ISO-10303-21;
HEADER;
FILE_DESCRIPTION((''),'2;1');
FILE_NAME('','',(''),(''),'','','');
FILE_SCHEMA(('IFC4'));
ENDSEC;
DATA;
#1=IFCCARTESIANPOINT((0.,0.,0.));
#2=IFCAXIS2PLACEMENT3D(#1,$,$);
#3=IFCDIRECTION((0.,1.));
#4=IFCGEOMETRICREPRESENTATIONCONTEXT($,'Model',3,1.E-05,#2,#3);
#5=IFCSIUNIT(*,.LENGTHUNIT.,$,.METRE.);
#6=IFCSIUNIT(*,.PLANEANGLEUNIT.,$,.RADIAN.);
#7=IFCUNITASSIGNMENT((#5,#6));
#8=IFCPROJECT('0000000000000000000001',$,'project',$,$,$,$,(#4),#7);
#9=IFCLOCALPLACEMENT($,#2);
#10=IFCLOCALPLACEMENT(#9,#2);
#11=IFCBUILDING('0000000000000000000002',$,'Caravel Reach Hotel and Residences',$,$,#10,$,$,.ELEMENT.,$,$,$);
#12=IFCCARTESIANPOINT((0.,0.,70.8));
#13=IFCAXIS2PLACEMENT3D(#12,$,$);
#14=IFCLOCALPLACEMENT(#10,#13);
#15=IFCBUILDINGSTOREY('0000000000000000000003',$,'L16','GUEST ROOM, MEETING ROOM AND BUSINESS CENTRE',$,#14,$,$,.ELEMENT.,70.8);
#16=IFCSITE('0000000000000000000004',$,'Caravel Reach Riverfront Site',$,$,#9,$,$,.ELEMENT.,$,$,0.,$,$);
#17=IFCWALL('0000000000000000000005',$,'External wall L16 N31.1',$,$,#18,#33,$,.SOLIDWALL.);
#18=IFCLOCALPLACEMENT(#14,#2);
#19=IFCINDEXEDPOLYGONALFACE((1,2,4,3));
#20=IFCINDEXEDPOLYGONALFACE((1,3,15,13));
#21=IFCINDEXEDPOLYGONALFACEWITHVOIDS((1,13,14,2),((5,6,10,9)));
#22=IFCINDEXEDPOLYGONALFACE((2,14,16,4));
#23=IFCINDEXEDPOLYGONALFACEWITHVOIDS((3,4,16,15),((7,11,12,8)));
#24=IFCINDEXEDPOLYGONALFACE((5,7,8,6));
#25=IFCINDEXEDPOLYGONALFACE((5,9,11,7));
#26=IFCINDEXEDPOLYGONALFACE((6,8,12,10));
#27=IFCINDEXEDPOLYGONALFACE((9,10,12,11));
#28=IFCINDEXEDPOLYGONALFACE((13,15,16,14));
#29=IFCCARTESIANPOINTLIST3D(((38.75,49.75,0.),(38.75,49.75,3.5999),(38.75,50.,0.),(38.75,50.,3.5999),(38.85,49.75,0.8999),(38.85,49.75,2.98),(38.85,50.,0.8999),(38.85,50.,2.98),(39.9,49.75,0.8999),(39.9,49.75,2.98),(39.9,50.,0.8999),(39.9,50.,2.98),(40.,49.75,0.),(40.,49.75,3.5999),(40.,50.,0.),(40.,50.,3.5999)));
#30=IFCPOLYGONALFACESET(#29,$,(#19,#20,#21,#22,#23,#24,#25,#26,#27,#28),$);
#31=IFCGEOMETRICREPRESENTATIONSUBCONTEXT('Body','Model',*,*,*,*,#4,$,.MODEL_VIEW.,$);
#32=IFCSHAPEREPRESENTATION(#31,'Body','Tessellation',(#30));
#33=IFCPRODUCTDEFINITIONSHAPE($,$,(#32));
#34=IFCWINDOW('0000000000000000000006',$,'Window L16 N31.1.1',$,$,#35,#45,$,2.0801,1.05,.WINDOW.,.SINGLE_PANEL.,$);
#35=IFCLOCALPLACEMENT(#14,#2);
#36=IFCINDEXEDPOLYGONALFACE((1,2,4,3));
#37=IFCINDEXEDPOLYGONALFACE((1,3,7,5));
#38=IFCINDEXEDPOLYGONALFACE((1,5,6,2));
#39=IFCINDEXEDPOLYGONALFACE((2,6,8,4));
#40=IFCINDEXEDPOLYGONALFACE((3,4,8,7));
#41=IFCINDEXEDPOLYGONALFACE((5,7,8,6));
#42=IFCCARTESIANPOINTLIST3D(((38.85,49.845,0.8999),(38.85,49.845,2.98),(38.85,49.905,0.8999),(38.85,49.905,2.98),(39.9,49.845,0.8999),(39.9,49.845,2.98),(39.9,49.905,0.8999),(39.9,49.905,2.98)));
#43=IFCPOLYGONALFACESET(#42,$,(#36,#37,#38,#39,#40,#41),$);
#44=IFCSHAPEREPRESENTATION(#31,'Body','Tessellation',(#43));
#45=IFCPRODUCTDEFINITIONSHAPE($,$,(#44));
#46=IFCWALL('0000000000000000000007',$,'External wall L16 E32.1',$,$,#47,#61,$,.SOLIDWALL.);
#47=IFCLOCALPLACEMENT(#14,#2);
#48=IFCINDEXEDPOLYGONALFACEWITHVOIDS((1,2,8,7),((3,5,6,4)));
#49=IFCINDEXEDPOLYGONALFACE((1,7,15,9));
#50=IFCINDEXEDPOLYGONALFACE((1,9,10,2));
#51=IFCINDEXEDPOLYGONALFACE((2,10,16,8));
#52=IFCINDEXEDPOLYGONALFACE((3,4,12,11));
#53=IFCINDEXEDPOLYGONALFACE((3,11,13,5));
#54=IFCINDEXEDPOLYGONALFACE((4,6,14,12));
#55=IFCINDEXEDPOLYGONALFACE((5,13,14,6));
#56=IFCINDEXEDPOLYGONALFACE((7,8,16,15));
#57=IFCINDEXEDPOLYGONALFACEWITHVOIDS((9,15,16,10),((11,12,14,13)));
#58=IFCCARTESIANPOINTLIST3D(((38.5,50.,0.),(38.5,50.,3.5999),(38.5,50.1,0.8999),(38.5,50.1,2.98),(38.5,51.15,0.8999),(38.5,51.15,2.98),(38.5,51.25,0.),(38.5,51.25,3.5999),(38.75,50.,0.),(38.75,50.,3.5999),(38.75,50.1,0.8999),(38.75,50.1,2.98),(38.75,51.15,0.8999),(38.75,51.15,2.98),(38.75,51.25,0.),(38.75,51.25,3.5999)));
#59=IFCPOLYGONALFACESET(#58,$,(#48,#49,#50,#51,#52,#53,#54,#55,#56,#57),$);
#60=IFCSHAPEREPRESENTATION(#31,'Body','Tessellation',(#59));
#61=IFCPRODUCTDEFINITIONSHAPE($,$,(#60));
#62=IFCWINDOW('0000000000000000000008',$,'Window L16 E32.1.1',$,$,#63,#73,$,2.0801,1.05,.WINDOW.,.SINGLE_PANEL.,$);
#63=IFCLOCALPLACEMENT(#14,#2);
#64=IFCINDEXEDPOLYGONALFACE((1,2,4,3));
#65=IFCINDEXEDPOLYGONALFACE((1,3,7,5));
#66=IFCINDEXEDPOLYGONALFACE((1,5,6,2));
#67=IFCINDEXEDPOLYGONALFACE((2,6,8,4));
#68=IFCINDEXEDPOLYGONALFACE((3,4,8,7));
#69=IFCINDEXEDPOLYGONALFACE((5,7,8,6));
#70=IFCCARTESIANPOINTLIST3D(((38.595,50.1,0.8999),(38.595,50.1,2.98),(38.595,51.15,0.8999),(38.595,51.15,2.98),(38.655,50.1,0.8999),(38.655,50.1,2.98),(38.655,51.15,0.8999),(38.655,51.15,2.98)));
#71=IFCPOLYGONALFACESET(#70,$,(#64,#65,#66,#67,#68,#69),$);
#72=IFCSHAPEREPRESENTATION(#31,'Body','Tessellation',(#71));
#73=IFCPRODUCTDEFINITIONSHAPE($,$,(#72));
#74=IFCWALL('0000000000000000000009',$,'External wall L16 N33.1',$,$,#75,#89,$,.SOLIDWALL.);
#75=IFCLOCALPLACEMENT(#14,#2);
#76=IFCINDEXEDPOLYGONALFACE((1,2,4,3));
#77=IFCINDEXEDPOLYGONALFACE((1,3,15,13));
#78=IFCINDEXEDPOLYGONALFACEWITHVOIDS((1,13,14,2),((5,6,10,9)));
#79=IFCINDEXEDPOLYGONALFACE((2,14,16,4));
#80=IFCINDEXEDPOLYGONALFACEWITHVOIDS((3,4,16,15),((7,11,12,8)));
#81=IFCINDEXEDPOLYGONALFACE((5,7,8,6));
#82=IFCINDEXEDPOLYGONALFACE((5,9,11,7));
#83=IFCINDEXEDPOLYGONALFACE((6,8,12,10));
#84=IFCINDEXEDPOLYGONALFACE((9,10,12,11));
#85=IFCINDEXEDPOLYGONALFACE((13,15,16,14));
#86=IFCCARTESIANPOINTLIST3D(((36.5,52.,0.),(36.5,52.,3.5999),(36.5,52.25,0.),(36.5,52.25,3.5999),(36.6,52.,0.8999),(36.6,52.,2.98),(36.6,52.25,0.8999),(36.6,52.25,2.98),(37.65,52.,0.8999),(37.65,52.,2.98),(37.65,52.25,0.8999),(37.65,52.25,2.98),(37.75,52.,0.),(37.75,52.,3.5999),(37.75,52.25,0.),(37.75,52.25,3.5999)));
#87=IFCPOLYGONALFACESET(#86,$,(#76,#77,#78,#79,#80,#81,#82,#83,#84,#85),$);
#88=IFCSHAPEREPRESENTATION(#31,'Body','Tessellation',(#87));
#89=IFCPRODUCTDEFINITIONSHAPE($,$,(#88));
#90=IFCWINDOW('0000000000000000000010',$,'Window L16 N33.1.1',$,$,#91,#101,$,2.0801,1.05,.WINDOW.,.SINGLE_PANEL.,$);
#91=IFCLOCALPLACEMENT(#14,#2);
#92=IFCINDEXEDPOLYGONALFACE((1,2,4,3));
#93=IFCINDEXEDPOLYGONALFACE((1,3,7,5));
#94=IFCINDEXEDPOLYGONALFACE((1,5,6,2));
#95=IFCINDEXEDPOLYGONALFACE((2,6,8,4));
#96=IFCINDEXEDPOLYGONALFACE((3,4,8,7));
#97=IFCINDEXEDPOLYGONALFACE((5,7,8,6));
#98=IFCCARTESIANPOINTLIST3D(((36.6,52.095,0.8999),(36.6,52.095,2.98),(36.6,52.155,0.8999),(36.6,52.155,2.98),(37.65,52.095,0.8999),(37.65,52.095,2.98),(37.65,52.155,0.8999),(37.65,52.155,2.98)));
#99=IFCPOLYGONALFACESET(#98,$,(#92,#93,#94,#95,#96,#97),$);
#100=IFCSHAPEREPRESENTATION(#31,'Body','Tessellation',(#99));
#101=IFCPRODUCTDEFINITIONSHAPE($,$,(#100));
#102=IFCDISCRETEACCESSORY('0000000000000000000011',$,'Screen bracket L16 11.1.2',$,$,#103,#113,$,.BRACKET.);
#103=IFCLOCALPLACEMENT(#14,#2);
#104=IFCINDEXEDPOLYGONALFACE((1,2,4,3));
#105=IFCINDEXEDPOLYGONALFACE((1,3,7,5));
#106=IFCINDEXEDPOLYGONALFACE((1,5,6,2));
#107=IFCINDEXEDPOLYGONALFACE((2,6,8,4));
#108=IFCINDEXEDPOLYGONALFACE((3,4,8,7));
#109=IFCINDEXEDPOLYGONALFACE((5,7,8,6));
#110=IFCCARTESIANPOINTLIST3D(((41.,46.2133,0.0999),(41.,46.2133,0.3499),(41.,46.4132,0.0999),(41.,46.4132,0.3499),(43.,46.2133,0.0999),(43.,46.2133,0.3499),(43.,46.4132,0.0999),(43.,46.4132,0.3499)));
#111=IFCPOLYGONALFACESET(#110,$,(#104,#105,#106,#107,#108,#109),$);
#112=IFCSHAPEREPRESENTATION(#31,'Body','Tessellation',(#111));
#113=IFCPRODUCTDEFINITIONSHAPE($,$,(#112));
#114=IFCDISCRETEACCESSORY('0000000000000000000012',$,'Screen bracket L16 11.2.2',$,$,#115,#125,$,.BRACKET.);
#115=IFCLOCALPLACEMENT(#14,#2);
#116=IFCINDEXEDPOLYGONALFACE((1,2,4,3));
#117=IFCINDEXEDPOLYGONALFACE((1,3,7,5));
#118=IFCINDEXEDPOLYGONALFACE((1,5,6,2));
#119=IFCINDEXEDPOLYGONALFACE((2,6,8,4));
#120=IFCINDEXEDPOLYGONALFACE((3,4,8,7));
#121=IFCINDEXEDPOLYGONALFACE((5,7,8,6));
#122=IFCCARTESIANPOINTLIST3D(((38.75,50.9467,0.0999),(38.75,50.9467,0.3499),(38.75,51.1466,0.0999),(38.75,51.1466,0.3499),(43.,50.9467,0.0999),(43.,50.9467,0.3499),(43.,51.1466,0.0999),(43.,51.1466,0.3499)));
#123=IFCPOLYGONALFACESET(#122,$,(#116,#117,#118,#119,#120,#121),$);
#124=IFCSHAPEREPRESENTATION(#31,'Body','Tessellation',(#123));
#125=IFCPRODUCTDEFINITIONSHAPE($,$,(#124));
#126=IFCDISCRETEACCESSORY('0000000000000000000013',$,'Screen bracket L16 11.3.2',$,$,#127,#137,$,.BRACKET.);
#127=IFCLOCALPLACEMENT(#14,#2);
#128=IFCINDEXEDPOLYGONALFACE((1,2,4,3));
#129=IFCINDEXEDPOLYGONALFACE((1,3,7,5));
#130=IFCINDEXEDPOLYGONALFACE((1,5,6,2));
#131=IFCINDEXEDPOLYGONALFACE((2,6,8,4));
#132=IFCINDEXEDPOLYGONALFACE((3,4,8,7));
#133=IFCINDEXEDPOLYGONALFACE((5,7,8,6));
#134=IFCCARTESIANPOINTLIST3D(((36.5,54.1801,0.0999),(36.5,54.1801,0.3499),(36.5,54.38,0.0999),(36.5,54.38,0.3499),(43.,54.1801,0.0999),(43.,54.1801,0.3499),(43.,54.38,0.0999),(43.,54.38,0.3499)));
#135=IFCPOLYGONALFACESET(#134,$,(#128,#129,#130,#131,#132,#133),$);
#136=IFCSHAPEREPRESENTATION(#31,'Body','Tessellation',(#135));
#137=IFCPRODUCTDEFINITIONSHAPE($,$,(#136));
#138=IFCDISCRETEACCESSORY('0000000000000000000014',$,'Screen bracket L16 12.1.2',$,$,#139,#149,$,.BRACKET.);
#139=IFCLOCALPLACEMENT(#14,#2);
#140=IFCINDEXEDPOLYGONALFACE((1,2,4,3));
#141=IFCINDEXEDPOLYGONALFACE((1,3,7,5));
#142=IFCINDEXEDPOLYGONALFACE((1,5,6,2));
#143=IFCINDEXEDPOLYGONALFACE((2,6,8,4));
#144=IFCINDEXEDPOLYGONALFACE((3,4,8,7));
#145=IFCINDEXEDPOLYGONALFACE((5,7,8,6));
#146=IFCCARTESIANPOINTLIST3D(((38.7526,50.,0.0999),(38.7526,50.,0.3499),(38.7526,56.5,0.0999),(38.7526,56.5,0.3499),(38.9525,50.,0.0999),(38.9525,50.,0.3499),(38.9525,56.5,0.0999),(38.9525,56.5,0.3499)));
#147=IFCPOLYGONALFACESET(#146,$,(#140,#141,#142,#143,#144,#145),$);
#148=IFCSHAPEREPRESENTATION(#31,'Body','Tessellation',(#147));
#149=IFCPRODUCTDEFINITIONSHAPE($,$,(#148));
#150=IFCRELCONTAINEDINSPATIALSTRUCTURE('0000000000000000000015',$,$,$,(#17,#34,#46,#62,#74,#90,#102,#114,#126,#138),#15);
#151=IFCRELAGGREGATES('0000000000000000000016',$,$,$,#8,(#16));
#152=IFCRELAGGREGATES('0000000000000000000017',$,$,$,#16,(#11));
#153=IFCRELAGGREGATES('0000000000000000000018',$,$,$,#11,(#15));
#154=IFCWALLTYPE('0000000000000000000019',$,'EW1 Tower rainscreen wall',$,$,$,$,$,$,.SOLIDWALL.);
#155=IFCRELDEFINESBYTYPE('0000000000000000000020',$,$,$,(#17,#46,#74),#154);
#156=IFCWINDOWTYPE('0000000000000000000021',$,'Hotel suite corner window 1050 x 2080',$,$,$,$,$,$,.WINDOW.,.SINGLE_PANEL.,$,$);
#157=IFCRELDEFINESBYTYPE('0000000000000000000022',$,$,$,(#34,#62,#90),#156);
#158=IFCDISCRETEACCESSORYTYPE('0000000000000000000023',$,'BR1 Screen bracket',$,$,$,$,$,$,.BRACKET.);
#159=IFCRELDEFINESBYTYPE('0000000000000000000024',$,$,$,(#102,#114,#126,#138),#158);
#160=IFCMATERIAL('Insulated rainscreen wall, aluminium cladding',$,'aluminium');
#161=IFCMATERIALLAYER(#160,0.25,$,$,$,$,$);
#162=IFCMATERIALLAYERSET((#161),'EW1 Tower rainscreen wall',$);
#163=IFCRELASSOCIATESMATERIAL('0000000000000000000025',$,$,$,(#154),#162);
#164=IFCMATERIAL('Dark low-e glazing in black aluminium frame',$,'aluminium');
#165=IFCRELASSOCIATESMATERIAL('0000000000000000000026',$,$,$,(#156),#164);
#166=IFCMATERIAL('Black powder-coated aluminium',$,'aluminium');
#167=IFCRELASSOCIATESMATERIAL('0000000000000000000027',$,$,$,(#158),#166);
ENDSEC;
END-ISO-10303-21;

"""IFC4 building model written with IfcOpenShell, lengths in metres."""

from ifc_helpers import new_model, si_unit, direction, frame, frame_2d, origin, origin_2d, place, context, subcontext, project, spatial, rectangle, extrude, material, layer, layer_set, type_object, element, fill, save


model = new_model("IFC4")

# Units and contexts
model_context = context("Model", 3, precision=1e-05, world=origin(), true_north=direction((0.0, 1.0)))
body_context = subcontext(model_context, "Body", "Model", "MODEL_VIEW")
ifc_project = project(units=[si_unit("LENGTHUNIT", "METRE"), si_unit("PLANEANGLEUNIT", "RADIAN")], contexts=[model_context])

# Site, building, storey
site_placement = place(None, origin())
site = spatial("IfcSite", under=ifc_project, at=site_placement, Name="Caravel Reach Riverfront Site", CompositionType="ELEMENT", RefElevation=0.0)
building_placement = place(site_placement, origin())
building = spatial("IfcBuilding", under=site, at=building_placement, Name="Caravel Reach Hotel and Residences", CompositionType="ELEMENT")
storey_placement = place(building_placement, frame((0.0, 0.0, 70.8)))
storey = spatial("IfcBuildingStorey", under=building, at=storey_placement, Name="L16", Description="GUEST ROOM, MEETING ROOM AND BUSINESS CENTRE", CompositionType="ELEMENT", Elevation=70.8)

# Walls, openings, windows
ifc_material_1 = material(Name="Insulated rainscreen wall, aluminium cladding", Category="aluminium")
ifc_layer = layer(ifc_material_1, 0.25)
ifc_layer_set = layer_set([ifc_layer], Name="EW1 Tower rainscreen wall")
wall_type = type_object("IfcWallType", Name="EW1 Tower rainscreen wall", PredefinedType="SOLIDWALL", material=ifc_layer_set)
wall_1_placement = place(storey_placement, frame((40.0, 49.875, 0.0), z_axis=(0.0, 0.0, 1.0), x_axis=(-1.0, 0.0, 0.0)))
wall_1 = element("IfcWall", 1, at=wall_1_placement, inside=storey, type_object=wall_type, Name="External wall L16 N31.1", PredefinedType="SOLIDWALL", context=body_context, shape_type="SweptSolid", body=[
    extrude(rectangle(XDim=1.25, YDim=0.25, at=frame_2d((0.625, 0.0))), origin(), (0.0, 0.0, 1.0), 3.5999),
])
opening_1_placement = place(wall_1_placement, frame((0.1001, 0.0, 0.8999)))
opening_1 = element("IfcOpeningElement", 2, at=opening_1_placement, cuts=wall_1, PredefinedType="OPENING", context=body_context, shape_type="SweptSolid", body=[
    extrude(rectangle(XDim=1.05, YDim=2.0801, at=frame_2d((0.5249, 1.04))), frame((0.0, 0.135, 0.0), z_axis=(0.0, -1.0, 0.0), x_axis=(1.0, 0.0, 0.0)), (0.0, 0.0, 1.0), 0.27),
])
ifc_material_2 = material(Name="Dark low-e glazing in black aluminium frame", Category="aluminium")
window_type = type_object("IfcWindowType", Name="Hotel suite corner window 1050 x 2080", PartitioningType="SINGLE_PANEL", PredefinedType="WINDOW", material=ifc_material_2)
window_1_placement = place(opening_1_placement, origin())
window_1 = element("IfcWindow", 3, at=window_1_placement, inside=storey, type_object=window_type, Name="Window L16 N31.1.1", OverallHeight=2.0801, OverallWidth=1.05, PartitioningType="SINGLE_PANEL", PredefinedType="WINDOW", context=body_context, shape_type="SweptSolid", body=[
    extrude(rectangle(XDim=1.05, YDim=2.0801, at=frame_2d((0.5249, 1.04))), frame((0.0, 0.03, 0.0), z_axis=(0.0, -1.0, 0.0), x_axis=(1.0, 0.0, 0.0)), (0.0, 0.0, 1.0), 0.0601),
])
fill(opening_1, window_1)
wall_2_placement = place(storey_placement, frame((38.625, 50.0, 0.0), z_axis=(0.0, 0.0, 1.0), x_axis=(0.0, 1.0, 0.0)))
wall_2 = element("IfcWall", 4, at=wall_2_placement, inside=storey, type_object=wall_type, Name="External wall L16 E32.1", PredefinedType="SOLIDWALL", context=body_context, shape_type="SweptSolid", body=[
    extrude(rectangle(XDim=1.25, YDim=0.25, at=frame_2d((0.625, 0.0))), origin(), (0.0, 0.0, 1.0), 3.5999),
])
opening_2_placement = place(wall_2_placement, frame((0.1001, 0.0, 0.8999)))
opening_2 = element("IfcOpeningElement", 5, at=opening_2_placement, cuts=wall_2, PredefinedType="OPENING", context=body_context, shape_type="SweptSolid", body=[
    extrude(rectangle(XDim=1.05, YDim=2.0801, at=frame_2d((0.5249, 1.04))), frame((0.0, 0.135, 0.0), z_axis=(0.0, -1.0, 0.0), x_axis=(1.0, 0.0, 0.0)), (0.0, 0.0, 1.0), 0.27),
])
window_2_placement = place(opening_2_placement, origin())
window_2 = element("IfcWindow", 6, at=window_2_placement, inside=storey, type_object=window_type, Name="Window L16 E32.1.1", OverallHeight=2.0801, OverallWidth=1.05, PartitioningType="SINGLE_PANEL", PredefinedType="WINDOW", context=body_context, shape_type="SweptSolid", body=[
    extrude(rectangle(XDim=1.05, YDim=2.0801, at=frame_2d((0.5249, 1.04))), frame((0.0, 0.03, 0.0), z_axis=(0.0, -1.0, 0.0), x_axis=(1.0, 0.0, 0.0)), (0.0, 0.0, 1.0), 0.0601),
])
fill(opening_2, window_2)
wall_3_placement = place(storey_placement, frame((37.75, 52.125, 0.0), z_axis=(0.0, 0.0, 1.0), x_axis=(-1.0, 0.0, 0.0)))
wall_3 = element("IfcWall", 7, at=wall_3_placement, inside=storey, type_object=wall_type, Name="External wall L16 N33.1", PredefinedType="SOLIDWALL", context=body_context, shape_type="SweptSolid", body=[
    extrude(rectangle(XDim=1.25, YDim=0.25, at=frame_2d((0.625, 0.0))), origin(), (0.0, 0.0, 1.0), 3.5999),
])
opening_3_placement = place(wall_3_placement, frame((0.1001, 0.0, 0.8999)))
opening_3 = element("IfcOpeningElement", 8, at=opening_3_placement, cuts=wall_3, PredefinedType="OPENING", context=body_context, shape_type="SweptSolid", body=[
    extrude(rectangle(XDim=1.05, YDim=2.0801, at=frame_2d((0.5249, 1.04))), frame((0.0, 0.135, 0.0), z_axis=(0.0, -1.0, 0.0), x_axis=(1.0, 0.0, 0.0)), (0.0, 0.0, 1.0), 0.27),
])
window_3_placement = place(opening_3_placement, origin())
window_3 = element("IfcWindow", 9, at=window_3_placement, inside=storey, type_object=window_type, Name="Window L16 N33.1.1", OverallHeight=2.0801, OverallWidth=1.05, PartitioningType="SINGLE_PANEL", PredefinedType="WINDOW", context=body_context, shape_type="SweptSolid", body=[
    extrude(rectangle(XDim=1.05, YDim=2.0801, at=frame_2d((0.5249, 1.04))), frame((0.0, 0.03, 0.0), z_axis=(0.0, -1.0, 0.0), x_axis=(1.0, 0.0, 0.0)), (0.0, 0.0, 1.0), 0.0601),
])
fill(opening_3, window_3)

# Discrete accessories
ifc_material_3 = material(Name="Black powder-coated aluminium", Category="aluminium")
discrete_accessory_type = type_object("IfcDiscreteAccessoryType", Name="BR1 Screen bracket", PredefinedType="BRACKET", material=ifc_material_3)
discrete_accessory_1_placement = place(storey_placement, frame((42.0, 46.3132, 0.0999), z_axis=(0.0, 0.0, 1.0), x_axis=(1.0, 0.0, 0.0)))
element("IfcDiscreteAccessory", 10, at=discrete_accessory_1_placement, inside=storey, type_object=discrete_accessory_type, Name="Screen bracket L16 11.1.2", PredefinedType="BRACKET", context=body_context, shape_type="SweptSolid", body=[
    extrude(rectangle(XDim=2.0, YDim=0.2, at=origin_2d()), origin(), (0.0, 0.0, 1.0), 0.25),
])
discrete_accessory_2_placement = place(storey_placement, frame((40.875, 51.0466, 0.0999), z_axis=(0.0, 0.0, 1.0), x_axis=(1.0, 0.0, 0.0)))
element("IfcDiscreteAccessory", 11, at=discrete_accessory_2_placement, inside=storey, type_object=discrete_accessory_type, Name="Screen bracket L16 11.2.2", PredefinedType="BRACKET", context=body_context, shape_type="SweptSolid", body=[
    extrude(rectangle(XDim=4.25, YDim=0.2, at=origin_2d()), origin(), (0.0, 0.0, 1.0), 0.25),
])
for number, where, z_axis, x_axis, name in (
    (12, (39.75, 54.28, 0.0999), (0.0, 0.0, 1.0), (1.0, 0.0, 0.0), "Screen bracket L16 11.3.2"),
    (13, (38.8525, 53.25, 0.0999), (0.0, 0.0, 1.0), (0.0, 1.0, 0.0), "Screen bracket L16 12.1.2"),
):
    element("IfcDiscreteAccessory", number, at=place(storey_placement, frame(where, z_axis=z_axis, x_axis=x_axis)), inside=storey, type_object=discrete_accessory_type, Name=name, PredefinedType="BRACKET", context=body_context, shape_type="SweptSolid", body=[
        extrude(rectangle(XDim=6.5, YDim=0.2, at=origin_2d()), origin(), (0.0, 0.0, 1.0), 0.25),
    ])

save(model, "model.ifc")
